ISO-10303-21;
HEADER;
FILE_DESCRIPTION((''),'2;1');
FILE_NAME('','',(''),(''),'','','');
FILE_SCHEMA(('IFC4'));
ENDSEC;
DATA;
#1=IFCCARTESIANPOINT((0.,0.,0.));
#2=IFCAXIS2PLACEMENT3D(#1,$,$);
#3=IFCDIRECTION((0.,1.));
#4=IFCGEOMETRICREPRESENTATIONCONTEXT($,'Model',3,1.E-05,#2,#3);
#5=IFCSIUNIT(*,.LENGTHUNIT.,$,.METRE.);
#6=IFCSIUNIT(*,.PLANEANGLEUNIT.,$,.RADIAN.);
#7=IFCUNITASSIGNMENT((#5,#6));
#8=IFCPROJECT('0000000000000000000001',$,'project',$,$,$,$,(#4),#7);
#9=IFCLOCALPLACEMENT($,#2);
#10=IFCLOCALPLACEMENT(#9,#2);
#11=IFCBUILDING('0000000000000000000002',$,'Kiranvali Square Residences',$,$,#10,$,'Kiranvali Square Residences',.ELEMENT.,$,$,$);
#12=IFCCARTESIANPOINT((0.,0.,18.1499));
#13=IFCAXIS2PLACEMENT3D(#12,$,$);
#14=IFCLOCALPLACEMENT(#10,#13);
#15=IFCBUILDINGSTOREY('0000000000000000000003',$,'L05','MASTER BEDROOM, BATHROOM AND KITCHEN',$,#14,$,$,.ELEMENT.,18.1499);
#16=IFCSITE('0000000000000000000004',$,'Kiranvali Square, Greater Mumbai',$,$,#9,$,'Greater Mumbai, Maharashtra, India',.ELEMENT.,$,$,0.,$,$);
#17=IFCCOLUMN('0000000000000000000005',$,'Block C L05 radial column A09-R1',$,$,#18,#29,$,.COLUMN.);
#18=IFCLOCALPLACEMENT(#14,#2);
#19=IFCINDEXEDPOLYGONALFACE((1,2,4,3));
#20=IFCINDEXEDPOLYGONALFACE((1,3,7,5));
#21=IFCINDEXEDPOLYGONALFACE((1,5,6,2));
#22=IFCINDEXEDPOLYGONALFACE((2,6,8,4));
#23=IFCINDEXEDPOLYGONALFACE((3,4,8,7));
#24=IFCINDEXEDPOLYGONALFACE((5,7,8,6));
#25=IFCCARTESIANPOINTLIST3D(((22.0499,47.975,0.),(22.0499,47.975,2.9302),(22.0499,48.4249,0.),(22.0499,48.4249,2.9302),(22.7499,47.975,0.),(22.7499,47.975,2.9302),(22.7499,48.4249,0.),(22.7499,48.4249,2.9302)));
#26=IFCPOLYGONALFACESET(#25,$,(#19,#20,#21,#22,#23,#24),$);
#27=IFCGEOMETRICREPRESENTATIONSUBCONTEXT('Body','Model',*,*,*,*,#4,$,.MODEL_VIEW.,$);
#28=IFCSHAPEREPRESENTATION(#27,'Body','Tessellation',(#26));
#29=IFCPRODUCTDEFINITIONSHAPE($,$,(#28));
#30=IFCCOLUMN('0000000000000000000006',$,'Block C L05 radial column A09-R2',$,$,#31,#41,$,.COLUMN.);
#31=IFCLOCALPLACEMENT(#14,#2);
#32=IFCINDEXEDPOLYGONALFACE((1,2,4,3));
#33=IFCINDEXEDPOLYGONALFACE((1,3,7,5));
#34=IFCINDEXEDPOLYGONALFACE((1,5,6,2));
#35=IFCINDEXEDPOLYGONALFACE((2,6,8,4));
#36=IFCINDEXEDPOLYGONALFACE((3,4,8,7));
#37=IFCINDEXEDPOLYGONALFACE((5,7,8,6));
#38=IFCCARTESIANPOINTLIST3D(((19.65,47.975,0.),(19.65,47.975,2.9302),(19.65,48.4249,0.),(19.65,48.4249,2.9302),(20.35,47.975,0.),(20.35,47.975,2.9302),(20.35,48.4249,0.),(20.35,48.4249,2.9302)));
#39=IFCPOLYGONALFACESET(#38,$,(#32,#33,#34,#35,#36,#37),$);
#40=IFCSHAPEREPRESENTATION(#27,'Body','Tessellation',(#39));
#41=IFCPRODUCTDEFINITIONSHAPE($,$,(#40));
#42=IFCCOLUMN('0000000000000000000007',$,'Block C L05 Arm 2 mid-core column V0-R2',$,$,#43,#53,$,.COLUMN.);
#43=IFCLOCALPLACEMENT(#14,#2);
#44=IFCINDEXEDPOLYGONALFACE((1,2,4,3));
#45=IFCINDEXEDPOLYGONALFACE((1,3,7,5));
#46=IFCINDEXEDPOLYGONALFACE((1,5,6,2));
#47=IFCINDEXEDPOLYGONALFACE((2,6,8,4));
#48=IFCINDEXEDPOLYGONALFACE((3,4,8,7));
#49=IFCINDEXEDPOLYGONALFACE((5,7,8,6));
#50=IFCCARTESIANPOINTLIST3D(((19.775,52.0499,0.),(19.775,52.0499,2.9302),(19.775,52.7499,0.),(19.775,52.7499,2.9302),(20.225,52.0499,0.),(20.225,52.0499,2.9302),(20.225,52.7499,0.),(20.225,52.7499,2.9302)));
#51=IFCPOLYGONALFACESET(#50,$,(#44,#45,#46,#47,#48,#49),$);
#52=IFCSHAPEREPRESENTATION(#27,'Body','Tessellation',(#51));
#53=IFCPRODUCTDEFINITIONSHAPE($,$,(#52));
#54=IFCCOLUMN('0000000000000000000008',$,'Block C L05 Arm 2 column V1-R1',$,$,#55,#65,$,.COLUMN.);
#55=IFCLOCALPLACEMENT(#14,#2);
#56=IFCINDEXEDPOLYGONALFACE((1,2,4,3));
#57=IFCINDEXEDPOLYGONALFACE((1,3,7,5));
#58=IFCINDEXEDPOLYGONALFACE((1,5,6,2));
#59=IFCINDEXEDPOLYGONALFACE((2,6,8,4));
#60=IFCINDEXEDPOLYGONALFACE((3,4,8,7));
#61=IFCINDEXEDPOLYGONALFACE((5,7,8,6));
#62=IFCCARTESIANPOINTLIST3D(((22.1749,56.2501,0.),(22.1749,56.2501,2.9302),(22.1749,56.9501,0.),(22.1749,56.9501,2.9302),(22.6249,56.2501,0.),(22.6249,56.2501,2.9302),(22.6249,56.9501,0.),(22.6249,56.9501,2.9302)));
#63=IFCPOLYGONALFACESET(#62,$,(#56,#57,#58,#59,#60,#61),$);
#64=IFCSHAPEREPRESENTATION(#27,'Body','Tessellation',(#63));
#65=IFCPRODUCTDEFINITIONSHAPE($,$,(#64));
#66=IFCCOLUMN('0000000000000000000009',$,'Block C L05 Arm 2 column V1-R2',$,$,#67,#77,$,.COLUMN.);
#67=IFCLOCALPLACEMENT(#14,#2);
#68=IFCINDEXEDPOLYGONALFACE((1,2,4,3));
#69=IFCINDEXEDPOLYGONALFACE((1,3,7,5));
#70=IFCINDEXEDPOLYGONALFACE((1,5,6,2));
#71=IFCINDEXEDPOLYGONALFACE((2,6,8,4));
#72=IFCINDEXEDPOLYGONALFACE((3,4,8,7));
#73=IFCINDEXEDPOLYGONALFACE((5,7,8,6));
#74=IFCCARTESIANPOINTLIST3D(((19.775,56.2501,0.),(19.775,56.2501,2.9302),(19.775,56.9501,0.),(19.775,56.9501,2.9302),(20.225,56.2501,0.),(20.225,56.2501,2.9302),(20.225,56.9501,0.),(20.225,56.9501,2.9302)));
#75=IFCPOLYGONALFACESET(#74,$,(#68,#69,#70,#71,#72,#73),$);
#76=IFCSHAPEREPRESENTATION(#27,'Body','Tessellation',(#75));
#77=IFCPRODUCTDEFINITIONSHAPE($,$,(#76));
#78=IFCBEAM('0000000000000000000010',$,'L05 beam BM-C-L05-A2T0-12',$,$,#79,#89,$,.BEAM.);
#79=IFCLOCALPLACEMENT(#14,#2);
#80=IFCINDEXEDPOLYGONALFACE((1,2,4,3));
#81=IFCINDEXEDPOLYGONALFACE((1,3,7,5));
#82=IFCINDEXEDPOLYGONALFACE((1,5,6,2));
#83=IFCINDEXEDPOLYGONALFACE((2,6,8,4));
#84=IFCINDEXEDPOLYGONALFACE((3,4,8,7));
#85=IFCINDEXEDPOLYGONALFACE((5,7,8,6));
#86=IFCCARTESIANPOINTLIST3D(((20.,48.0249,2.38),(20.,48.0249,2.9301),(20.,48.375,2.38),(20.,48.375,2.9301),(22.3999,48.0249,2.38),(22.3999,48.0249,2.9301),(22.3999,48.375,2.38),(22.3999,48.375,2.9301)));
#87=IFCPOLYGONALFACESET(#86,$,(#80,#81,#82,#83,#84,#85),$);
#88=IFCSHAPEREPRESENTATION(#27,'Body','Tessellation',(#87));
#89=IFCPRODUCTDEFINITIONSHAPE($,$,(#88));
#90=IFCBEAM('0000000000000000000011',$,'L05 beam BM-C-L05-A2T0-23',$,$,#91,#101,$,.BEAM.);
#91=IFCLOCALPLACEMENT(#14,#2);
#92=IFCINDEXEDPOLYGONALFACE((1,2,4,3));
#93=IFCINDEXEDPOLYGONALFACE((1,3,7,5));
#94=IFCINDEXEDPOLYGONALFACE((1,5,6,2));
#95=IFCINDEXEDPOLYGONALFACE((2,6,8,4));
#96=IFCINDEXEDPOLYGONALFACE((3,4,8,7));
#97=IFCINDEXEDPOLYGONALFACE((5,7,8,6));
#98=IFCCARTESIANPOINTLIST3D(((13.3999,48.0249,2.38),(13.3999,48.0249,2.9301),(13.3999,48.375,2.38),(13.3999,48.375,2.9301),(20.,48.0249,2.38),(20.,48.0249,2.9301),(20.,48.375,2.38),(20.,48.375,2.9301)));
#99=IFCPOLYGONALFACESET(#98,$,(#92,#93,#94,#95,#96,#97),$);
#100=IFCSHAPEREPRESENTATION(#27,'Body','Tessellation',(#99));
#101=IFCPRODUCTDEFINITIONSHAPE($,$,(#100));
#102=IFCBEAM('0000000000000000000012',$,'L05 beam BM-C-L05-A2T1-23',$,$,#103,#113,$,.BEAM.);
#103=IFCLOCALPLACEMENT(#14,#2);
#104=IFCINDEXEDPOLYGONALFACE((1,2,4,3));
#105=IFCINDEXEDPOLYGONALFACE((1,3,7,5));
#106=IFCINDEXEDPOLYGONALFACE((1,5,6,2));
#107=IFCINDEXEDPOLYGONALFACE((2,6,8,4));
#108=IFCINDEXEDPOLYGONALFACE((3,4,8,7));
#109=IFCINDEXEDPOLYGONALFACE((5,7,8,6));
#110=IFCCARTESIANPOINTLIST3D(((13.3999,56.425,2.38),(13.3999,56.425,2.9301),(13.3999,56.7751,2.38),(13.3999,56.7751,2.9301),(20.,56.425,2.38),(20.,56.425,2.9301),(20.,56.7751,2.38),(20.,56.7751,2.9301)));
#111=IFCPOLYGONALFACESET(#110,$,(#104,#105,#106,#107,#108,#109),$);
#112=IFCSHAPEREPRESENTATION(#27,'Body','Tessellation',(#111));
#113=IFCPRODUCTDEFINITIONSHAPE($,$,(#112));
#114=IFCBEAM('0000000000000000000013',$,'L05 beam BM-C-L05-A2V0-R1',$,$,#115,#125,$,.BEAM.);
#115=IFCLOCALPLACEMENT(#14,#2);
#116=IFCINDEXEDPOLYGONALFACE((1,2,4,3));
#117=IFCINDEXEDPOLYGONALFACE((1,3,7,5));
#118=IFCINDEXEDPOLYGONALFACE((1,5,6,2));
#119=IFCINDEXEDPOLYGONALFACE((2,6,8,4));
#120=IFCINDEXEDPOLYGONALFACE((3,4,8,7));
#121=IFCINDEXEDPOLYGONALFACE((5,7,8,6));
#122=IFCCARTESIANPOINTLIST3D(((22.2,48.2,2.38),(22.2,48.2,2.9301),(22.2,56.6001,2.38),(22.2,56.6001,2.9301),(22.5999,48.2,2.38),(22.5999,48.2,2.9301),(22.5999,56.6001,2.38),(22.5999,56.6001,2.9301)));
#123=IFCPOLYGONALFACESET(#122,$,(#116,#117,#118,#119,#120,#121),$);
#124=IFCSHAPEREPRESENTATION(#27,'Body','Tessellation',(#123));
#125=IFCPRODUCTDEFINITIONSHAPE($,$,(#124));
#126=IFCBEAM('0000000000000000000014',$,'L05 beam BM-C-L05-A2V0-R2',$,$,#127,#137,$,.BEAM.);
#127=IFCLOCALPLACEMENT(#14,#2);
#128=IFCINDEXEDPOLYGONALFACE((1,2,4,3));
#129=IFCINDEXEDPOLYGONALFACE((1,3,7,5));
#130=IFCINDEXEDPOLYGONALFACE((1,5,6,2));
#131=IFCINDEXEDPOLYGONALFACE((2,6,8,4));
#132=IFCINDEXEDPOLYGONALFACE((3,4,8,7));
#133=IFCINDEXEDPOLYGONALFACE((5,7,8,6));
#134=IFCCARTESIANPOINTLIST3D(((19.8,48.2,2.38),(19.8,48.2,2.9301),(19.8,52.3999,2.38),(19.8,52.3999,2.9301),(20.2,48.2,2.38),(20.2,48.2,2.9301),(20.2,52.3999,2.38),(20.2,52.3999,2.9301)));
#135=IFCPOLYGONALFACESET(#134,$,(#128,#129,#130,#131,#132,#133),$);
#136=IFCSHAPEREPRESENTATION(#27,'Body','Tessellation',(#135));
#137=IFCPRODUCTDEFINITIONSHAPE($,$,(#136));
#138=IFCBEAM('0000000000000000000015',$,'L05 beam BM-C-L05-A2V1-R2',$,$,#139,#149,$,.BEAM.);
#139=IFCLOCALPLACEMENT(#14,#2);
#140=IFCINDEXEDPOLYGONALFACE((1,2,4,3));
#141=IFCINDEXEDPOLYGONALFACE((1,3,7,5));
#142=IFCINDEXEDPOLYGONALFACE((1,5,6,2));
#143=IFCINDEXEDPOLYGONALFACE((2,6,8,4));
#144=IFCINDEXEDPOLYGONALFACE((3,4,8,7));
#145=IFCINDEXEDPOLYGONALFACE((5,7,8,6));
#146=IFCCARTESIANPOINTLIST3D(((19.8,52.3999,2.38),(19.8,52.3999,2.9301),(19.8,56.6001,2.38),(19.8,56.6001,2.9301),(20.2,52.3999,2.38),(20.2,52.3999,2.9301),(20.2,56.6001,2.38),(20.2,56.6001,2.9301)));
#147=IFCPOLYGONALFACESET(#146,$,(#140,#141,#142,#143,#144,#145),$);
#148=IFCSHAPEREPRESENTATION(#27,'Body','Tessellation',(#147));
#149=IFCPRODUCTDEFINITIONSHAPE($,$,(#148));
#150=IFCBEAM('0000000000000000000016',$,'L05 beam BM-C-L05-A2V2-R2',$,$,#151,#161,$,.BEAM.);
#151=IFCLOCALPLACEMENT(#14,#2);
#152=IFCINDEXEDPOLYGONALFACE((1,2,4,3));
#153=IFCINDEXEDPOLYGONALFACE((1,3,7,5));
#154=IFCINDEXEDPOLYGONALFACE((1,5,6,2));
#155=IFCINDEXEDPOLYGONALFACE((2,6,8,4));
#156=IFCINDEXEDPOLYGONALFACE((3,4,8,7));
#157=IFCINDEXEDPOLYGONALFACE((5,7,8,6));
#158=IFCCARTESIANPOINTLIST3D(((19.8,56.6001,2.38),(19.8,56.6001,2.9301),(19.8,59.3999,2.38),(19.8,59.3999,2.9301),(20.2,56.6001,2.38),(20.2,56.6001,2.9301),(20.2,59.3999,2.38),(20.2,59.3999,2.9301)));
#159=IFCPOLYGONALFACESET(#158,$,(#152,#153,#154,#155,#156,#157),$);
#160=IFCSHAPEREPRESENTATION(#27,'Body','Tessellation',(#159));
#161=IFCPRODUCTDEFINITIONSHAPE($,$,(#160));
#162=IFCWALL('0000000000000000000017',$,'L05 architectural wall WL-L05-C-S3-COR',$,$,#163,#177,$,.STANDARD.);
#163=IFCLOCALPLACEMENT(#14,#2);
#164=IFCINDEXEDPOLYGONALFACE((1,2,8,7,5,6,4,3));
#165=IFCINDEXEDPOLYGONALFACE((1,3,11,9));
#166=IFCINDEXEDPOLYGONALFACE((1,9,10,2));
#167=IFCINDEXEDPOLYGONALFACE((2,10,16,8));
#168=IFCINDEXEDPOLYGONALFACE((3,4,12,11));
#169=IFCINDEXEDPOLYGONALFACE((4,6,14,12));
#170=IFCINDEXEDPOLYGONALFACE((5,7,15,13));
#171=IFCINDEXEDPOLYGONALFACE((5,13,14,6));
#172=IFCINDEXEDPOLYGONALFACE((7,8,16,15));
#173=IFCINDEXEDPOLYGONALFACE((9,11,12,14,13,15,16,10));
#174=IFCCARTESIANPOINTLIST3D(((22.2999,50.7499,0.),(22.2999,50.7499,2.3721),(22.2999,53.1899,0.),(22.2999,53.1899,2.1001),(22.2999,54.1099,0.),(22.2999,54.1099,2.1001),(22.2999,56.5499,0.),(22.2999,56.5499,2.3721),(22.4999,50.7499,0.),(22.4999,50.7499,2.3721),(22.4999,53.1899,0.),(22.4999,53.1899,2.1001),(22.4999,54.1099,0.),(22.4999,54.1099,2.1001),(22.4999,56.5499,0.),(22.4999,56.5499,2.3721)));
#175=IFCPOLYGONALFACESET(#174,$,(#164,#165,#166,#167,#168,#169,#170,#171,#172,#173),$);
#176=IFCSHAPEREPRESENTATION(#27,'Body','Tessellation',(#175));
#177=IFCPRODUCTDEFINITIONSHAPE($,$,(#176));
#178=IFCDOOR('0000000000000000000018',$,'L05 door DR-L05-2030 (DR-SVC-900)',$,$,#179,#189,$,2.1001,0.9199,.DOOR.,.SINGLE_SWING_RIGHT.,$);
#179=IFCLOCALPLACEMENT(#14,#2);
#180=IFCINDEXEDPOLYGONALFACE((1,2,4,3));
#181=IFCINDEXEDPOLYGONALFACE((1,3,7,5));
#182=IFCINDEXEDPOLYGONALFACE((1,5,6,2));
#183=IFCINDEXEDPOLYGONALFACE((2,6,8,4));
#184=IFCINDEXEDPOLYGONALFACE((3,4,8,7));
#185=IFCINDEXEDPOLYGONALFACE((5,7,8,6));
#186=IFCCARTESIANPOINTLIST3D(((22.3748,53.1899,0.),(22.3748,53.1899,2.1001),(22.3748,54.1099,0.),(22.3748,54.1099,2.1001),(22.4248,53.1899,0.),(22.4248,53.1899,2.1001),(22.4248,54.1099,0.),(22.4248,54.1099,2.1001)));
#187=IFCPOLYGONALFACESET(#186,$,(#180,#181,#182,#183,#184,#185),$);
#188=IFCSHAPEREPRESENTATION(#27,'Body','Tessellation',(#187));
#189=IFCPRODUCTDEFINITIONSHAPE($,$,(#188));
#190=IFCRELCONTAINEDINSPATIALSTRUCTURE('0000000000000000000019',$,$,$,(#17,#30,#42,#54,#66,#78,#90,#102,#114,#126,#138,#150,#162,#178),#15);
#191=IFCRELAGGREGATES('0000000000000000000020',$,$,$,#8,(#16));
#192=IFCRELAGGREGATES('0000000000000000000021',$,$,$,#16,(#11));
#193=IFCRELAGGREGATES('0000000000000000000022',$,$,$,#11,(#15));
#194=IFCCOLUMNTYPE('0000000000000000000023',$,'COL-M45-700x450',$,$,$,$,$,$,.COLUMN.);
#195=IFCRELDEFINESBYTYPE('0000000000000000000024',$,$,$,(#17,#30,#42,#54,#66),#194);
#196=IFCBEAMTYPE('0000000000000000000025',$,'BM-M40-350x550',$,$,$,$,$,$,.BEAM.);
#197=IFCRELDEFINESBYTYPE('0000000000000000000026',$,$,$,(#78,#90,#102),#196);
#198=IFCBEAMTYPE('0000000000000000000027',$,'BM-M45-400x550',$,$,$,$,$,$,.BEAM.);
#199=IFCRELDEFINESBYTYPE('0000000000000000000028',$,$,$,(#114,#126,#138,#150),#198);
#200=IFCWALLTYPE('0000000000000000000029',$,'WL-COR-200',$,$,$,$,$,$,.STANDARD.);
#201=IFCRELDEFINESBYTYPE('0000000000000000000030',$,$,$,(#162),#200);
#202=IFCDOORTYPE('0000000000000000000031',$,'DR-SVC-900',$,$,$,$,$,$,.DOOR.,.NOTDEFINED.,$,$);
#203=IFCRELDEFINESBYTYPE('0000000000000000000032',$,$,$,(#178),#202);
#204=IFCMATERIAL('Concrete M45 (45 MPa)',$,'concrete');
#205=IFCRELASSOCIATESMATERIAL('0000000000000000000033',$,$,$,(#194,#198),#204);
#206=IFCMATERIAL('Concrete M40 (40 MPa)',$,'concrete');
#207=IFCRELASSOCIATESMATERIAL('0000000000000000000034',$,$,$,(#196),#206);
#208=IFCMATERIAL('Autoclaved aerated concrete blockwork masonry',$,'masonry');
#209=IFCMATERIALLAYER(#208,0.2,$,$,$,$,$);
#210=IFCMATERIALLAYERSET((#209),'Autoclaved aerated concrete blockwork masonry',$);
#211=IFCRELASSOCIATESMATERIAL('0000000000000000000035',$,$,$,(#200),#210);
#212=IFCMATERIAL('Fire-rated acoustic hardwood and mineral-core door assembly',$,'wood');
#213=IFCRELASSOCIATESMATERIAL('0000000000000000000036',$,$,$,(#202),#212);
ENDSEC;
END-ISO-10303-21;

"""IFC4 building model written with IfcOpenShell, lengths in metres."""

from ifc_helpers import new_model, si_unit, direction, frame, frame_2d, origin, origin_2d, place, context, subcontext, project, spatial, rectangle, extrude, material, layer, layer_set, material_profile, profile_set, type_object, element, fill, save


model = new_model("IFC4")

# Units and contexts
model_context = context("Model", 3, precision=1e-05, world=origin(), true_north=direction((0.0, 1.0)))
body_context = subcontext(model_context, "Body", "Model", "MODEL_VIEW")
ifc_project = project(units=[si_unit("LENGTHUNIT", "METRE"), si_unit("PLANEANGLEUNIT", "RADIAN")], contexts=[model_context])

# Site, building, storey
site_placement = place(None, origin())
site = spatial("IfcSite", under=ifc_project, at=site_placement, Name="Kiranvali Square, Greater Mumbai", LongName="Greater Mumbai, Maharashtra, India", CompositionType="ELEMENT", RefElevation=0.0)
building_placement = place(site_placement, origin())
building = spatial("IfcBuilding", under=site, at=building_placement, Name="Kiranvali Square Residences", LongName="Kiranvali Square Residences", CompositionType="ELEMENT")
storey_placement = place(building_placement, frame((0.0, 0.0, 18.1499)))
storey = spatial("IfcBuildingStorey", under=building, at=storey_placement, Name="L05", Description="MASTER BEDROOM, BATHROOM AND KITCHEN", CompositionType="ELEMENT", Elevation=18.1499)

# Columns
ifc_material_1 = material(Name="Concrete M45 (45 MPa)", Category="concrete")
ifc_material_profile_1 = material_profile(ifc_material_1, rectangle(XDim=0.45, YDim=0.7, at=origin_2d()), Name="RC 700x450")
ifc_profile_set_1 = profile_set([ifc_material_profile_1], Name="Concrete M45 (45 MPa)")
column_type = type_object("IfcColumnType", Name="COL-M45-700x450", PredefinedType="COLUMN", material=ifc_profile_set_1)
for number, where, z_axis, x_axis, name in (
    (1, (22.3999, 48.2, 0.0), (0.0, 0.0, 1.0), (0.0, 1.0, 0.0), "Block C L05 radial column A09-R1"),
    (2, (20.0, 48.2, 0.0), (0.0, 0.0, 1.0), (0.0, 1.0, 0.0), "Block C L05 radial column A09-R2"),
    (3, (20.0, 52.3999, 0.0), (0.0, 0.0, 1.0), (1.0, 0.0, 0.0), "Block C L05 Arm 2 mid-core column V0-R2"),
    (4, (22.3999, 56.6001, 0.0), (0.0, 0.0, 1.0), (1.0, 0.0, 0.0), "Block C L05 Arm 2 column V1-R1"),
    (5, (20.0, 56.6001, 0.0), (0.0, 0.0, 1.0), (1.0, 0.0, 0.0), "Block C L05 Arm 2 column V1-R2"),
):
    element("IfcColumn", number, at=place(storey_placement, frame(where, z_axis=z_axis, x_axis=x_axis)), inside=storey, type_object=column_type, Name=name, PredefinedType="COLUMN", context=body_context, shape_type="SweptSolid", body=[
        extrude(rectangle(XDim=0.45, YDim=0.7, at=origin_2d()), origin(), (0.0, 0.0, 1.0), 2.9302),
    ])

# Beams
ifc_material_2 = material(Name="Concrete M40 (40 MPa)", Category="concrete")
ifc_material_profile_2 = material_profile(ifc_material_2, rectangle(XDim=0.3501, YDim=0.55, at=origin_2d()), Name="RC 350x550")
ifc_profile_set_2 = profile_set([ifc_material_profile_2], Name="Concrete M40 (40 MPa)")
beam_type_1 = type_object("IfcBeamType", Name="BM-M40-350x550", PredefinedType="BEAM", material=ifc_profile_set_2)
beam_1_placement = place(storey_placement, frame((22.3999, 48.2, 2.655), z_axis=(-1.0, 0.0, 0.0), x_axis=(0.0, -1.0, 0.0)))
element("IfcBeam", 6, at=beam_1_placement, inside=storey, type_object=beam_type_1, Name="L05 beam BM-C-L05-A2T0-12", PredefinedType="BEAM", context=body_context, shape_type="SweptSolid", body=[
    extrude(rectangle(XDim=0.3501, YDim=0.55, at=origin_2d()), origin(), (0.0, 0.0, 1.0), 2.3999),
])
for number, where, z_axis, x_axis, name in (
    (7, (20.0, 48.2, 2.655), (-1.0, 0.0, 0.0), (0.0, -1.0, 0.0), "L05 beam BM-C-L05-A2T0-23"),
    (8, (20.0, 56.6001, 2.655), (-1.0, 0.0, 0.0), (0.0, -1.0, 0.0), "L05 beam BM-C-L05-A2T1-23"),
):
    element("IfcBeam", number, at=place(storey_placement, frame(where, z_axis=z_axis, x_axis=x_axis)), inside=storey, type_object=beam_type_1, Name=name, PredefinedType="BEAM", context=body_context, shape_type="SweptSolid", body=[
        extrude(rectangle(XDim=0.3501, YDim=0.55, at=origin_2d()), origin(), (0.0, 0.0, 1.0), 6.6001),
    ])
ifc_material_profile_3 = material_profile(ifc_material_1, rectangle(XDim=0.3999, YDim=0.55, at=origin_2d()), Name="RC 400x550")
ifc_profile_set_3 = profile_set([ifc_material_profile_3], Name="Concrete M45 (45 MPa)")
beam_type_2 = type_object("IfcBeamType", Name="BM-M45-400x550", PredefinedType="BEAM", material=ifc_profile_set_3)
beam_2_placement = place(storey_placement, frame((22.3999, 48.2, 2.655), z_axis=(0.0, 1.0, 0.0), x_axis=(-1.0, 0.0, 0.0)))
element("IfcBeam", 9, at=beam_2_placement, inside=storey, type_object=beam_type_2, Name="L05 beam BM-C-L05-A2V0-R1", PredefinedType="BEAM", context=body_context, shape_type="SweptSolid", body=[
    extrude(rectangle(XDim=0.3999, YDim=0.55, at=origin_2d()), origin(), (0.0, 0.0, 1.0), 8.4001),
])
beam_3_placement = place(storey_placement, frame((20.0, 48.2, 2.655), z_axis=(0.0, 1.0, 0.0), x_axis=(-1.0, 0.0, 0.0)))
element("IfcBeam", 10, at=beam_3_placement, inside=storey, type_object=beam_type_2, Name="L05 beam BM-C-L05-A2V0-R2", PredefinedType="BEAM", context=body_context, shape_type="SweptSolid", body=[
    extrude(rectangle(XDim=0.3999, YDim=0.55, at=origin_2d()), origin(), (0.0, 0.0, 1.0), 4.2),
])
beam_4_placement = place(storey_placement, frame((20.0, 52.3999, 2.655), z_axis=(0.0, 1.0, 0.0), x_axis=(-1.0, 0.0, 0.0)))
element("IfcBeam", 11, at=beam_4_placement, inside=storey, type_object=beam_type_2, Name="L05 beam BM-C-L05-A2V1-R2", PredefinedType="BEAM", context=body_context, shape_type="SweptSolid", body=[
    extrude(rectangle(XDim=0.3999, YDim=0.55, at=origin_2d()), origin(), (0.0, 0.0, 1.0), 4.2002),
])
beam_5_placement = place(storey_placement, frame((20.0, 56.6001, 2.655), z_axis=(0.0, 1.0, 0.0), x_axis=(-1.0, 0.0, 0.0)))
element("IfcBeam", 12, at=beam_5_placement, inside=storey, type_object=beam_type_2, Name="L05 beam BM-C-L05-A2V2-R2", PredefinedType="BEAM", context=body_context, shape_type="SweptSolid", body=[
    extrude(rectangle(XDim=0.3999, YDim=0.55, at=origin_2d()), origin(), (0.0, 0.0, 1.0), 2.7998),
])

# Wall, opening, door
ifc_material_3 = material(Name="Autoclaved aerated concrete blockwork masonry", Category="masonry")
ifc_layer_1 = layer(ifc_material_3, 0.2)
ifc_layer_set_1 = layer_set([ifc_layer_1], Name="Autoclaved aerated concrete blockwork masonry")
wall_type_1 = type_object("IfcWallType", Name="WL-COR-200", PredefinedType="STANDARD", material=ifc_layer_set_1)
wall_1_placement = place(storey_placement, frame((22.3999, 50.75, 0.0), z_axis=(0.0, 0.0, 1.0), x_axis=(0.0, 1.0, 0.0)))
wall_1 = element("IfcWall", 13, at=wall_1_placement, inside=storey, type_object=wall_type_1, Name="L05 architectural wall WL-L05-C-S3-COR", PredefinedType="STANDARD", context=body_context, shape_type="SweptSolid", body=[
    extrude(rectangle(XDim=5.8, YDim=0.2, at=frame_2d((2.8999, 0.0))), origin(), (0.0, 0.0, 1.0), 2.3721),
])
opening_1_placement = place(wall_1_placement, frame((2.4399, 0.0, 0.0)))
opening_1 = element("IfcOpeningElement", 14, at=opening_1_placement, cuts=wall_1, PredefinedType="OPENING", context=body_context, shape_type="SweptSolid", body=[
    extrude(rectangle(XDim=0.9199, YDim=2.1001, at=frame_2d((0.46, 1.05))), frame((0.0, 0.1099, 0.0), z_axis=(0.0, -1.0, 0.0), x_axis=(1.0, 0.0, 0.0)), (0.0, 0.0, 1.0), 0.22),
])
ifc_material_4 = material(Name="Fire-rated acoustic hardwood and mineral-core door assembly", Category="wood")
door_type_1 = type_object("IfcDoorType", Name="DR-SVC-900", OperationType="NOTDEFINED", PredefinedType="DOOR", material=ifc_material_4)
door_1_placement = place(opening_1_placement, frame((0.9199, 0.0, 0.0), z_axis=(0.0, 0.0, 1.0), x_axis=(-1.0, 0.0, 0.0)))
door_1 = element("IfcDoor", 15, at=door_1_placement, inside=storey, type_object=door_type_1, Name="L05 door DR-L05-2030 (DR-SVC-900)", OperationType="SINGLE_SWING_RIGHT", OverallHeight=2.1001, OverallWidth=0.9199, PredefinedType="DOOR", context=body_context, shape_type="SweptSolid", body=[
    extrude(rectangle(XDim=0.9199, YDim=2.1001, at=frame_2d((0.46, 1.05))), frame((0.0, 0.0249, 0.0), z_axis=(0.0, -1.0, 0.0), x_axis=(1.0, 0.0, 0.0)), (0.0, 0.0, 1.0), 0.05),
])
fill(opening_1, door_1)

save(model, "model.ifc")
